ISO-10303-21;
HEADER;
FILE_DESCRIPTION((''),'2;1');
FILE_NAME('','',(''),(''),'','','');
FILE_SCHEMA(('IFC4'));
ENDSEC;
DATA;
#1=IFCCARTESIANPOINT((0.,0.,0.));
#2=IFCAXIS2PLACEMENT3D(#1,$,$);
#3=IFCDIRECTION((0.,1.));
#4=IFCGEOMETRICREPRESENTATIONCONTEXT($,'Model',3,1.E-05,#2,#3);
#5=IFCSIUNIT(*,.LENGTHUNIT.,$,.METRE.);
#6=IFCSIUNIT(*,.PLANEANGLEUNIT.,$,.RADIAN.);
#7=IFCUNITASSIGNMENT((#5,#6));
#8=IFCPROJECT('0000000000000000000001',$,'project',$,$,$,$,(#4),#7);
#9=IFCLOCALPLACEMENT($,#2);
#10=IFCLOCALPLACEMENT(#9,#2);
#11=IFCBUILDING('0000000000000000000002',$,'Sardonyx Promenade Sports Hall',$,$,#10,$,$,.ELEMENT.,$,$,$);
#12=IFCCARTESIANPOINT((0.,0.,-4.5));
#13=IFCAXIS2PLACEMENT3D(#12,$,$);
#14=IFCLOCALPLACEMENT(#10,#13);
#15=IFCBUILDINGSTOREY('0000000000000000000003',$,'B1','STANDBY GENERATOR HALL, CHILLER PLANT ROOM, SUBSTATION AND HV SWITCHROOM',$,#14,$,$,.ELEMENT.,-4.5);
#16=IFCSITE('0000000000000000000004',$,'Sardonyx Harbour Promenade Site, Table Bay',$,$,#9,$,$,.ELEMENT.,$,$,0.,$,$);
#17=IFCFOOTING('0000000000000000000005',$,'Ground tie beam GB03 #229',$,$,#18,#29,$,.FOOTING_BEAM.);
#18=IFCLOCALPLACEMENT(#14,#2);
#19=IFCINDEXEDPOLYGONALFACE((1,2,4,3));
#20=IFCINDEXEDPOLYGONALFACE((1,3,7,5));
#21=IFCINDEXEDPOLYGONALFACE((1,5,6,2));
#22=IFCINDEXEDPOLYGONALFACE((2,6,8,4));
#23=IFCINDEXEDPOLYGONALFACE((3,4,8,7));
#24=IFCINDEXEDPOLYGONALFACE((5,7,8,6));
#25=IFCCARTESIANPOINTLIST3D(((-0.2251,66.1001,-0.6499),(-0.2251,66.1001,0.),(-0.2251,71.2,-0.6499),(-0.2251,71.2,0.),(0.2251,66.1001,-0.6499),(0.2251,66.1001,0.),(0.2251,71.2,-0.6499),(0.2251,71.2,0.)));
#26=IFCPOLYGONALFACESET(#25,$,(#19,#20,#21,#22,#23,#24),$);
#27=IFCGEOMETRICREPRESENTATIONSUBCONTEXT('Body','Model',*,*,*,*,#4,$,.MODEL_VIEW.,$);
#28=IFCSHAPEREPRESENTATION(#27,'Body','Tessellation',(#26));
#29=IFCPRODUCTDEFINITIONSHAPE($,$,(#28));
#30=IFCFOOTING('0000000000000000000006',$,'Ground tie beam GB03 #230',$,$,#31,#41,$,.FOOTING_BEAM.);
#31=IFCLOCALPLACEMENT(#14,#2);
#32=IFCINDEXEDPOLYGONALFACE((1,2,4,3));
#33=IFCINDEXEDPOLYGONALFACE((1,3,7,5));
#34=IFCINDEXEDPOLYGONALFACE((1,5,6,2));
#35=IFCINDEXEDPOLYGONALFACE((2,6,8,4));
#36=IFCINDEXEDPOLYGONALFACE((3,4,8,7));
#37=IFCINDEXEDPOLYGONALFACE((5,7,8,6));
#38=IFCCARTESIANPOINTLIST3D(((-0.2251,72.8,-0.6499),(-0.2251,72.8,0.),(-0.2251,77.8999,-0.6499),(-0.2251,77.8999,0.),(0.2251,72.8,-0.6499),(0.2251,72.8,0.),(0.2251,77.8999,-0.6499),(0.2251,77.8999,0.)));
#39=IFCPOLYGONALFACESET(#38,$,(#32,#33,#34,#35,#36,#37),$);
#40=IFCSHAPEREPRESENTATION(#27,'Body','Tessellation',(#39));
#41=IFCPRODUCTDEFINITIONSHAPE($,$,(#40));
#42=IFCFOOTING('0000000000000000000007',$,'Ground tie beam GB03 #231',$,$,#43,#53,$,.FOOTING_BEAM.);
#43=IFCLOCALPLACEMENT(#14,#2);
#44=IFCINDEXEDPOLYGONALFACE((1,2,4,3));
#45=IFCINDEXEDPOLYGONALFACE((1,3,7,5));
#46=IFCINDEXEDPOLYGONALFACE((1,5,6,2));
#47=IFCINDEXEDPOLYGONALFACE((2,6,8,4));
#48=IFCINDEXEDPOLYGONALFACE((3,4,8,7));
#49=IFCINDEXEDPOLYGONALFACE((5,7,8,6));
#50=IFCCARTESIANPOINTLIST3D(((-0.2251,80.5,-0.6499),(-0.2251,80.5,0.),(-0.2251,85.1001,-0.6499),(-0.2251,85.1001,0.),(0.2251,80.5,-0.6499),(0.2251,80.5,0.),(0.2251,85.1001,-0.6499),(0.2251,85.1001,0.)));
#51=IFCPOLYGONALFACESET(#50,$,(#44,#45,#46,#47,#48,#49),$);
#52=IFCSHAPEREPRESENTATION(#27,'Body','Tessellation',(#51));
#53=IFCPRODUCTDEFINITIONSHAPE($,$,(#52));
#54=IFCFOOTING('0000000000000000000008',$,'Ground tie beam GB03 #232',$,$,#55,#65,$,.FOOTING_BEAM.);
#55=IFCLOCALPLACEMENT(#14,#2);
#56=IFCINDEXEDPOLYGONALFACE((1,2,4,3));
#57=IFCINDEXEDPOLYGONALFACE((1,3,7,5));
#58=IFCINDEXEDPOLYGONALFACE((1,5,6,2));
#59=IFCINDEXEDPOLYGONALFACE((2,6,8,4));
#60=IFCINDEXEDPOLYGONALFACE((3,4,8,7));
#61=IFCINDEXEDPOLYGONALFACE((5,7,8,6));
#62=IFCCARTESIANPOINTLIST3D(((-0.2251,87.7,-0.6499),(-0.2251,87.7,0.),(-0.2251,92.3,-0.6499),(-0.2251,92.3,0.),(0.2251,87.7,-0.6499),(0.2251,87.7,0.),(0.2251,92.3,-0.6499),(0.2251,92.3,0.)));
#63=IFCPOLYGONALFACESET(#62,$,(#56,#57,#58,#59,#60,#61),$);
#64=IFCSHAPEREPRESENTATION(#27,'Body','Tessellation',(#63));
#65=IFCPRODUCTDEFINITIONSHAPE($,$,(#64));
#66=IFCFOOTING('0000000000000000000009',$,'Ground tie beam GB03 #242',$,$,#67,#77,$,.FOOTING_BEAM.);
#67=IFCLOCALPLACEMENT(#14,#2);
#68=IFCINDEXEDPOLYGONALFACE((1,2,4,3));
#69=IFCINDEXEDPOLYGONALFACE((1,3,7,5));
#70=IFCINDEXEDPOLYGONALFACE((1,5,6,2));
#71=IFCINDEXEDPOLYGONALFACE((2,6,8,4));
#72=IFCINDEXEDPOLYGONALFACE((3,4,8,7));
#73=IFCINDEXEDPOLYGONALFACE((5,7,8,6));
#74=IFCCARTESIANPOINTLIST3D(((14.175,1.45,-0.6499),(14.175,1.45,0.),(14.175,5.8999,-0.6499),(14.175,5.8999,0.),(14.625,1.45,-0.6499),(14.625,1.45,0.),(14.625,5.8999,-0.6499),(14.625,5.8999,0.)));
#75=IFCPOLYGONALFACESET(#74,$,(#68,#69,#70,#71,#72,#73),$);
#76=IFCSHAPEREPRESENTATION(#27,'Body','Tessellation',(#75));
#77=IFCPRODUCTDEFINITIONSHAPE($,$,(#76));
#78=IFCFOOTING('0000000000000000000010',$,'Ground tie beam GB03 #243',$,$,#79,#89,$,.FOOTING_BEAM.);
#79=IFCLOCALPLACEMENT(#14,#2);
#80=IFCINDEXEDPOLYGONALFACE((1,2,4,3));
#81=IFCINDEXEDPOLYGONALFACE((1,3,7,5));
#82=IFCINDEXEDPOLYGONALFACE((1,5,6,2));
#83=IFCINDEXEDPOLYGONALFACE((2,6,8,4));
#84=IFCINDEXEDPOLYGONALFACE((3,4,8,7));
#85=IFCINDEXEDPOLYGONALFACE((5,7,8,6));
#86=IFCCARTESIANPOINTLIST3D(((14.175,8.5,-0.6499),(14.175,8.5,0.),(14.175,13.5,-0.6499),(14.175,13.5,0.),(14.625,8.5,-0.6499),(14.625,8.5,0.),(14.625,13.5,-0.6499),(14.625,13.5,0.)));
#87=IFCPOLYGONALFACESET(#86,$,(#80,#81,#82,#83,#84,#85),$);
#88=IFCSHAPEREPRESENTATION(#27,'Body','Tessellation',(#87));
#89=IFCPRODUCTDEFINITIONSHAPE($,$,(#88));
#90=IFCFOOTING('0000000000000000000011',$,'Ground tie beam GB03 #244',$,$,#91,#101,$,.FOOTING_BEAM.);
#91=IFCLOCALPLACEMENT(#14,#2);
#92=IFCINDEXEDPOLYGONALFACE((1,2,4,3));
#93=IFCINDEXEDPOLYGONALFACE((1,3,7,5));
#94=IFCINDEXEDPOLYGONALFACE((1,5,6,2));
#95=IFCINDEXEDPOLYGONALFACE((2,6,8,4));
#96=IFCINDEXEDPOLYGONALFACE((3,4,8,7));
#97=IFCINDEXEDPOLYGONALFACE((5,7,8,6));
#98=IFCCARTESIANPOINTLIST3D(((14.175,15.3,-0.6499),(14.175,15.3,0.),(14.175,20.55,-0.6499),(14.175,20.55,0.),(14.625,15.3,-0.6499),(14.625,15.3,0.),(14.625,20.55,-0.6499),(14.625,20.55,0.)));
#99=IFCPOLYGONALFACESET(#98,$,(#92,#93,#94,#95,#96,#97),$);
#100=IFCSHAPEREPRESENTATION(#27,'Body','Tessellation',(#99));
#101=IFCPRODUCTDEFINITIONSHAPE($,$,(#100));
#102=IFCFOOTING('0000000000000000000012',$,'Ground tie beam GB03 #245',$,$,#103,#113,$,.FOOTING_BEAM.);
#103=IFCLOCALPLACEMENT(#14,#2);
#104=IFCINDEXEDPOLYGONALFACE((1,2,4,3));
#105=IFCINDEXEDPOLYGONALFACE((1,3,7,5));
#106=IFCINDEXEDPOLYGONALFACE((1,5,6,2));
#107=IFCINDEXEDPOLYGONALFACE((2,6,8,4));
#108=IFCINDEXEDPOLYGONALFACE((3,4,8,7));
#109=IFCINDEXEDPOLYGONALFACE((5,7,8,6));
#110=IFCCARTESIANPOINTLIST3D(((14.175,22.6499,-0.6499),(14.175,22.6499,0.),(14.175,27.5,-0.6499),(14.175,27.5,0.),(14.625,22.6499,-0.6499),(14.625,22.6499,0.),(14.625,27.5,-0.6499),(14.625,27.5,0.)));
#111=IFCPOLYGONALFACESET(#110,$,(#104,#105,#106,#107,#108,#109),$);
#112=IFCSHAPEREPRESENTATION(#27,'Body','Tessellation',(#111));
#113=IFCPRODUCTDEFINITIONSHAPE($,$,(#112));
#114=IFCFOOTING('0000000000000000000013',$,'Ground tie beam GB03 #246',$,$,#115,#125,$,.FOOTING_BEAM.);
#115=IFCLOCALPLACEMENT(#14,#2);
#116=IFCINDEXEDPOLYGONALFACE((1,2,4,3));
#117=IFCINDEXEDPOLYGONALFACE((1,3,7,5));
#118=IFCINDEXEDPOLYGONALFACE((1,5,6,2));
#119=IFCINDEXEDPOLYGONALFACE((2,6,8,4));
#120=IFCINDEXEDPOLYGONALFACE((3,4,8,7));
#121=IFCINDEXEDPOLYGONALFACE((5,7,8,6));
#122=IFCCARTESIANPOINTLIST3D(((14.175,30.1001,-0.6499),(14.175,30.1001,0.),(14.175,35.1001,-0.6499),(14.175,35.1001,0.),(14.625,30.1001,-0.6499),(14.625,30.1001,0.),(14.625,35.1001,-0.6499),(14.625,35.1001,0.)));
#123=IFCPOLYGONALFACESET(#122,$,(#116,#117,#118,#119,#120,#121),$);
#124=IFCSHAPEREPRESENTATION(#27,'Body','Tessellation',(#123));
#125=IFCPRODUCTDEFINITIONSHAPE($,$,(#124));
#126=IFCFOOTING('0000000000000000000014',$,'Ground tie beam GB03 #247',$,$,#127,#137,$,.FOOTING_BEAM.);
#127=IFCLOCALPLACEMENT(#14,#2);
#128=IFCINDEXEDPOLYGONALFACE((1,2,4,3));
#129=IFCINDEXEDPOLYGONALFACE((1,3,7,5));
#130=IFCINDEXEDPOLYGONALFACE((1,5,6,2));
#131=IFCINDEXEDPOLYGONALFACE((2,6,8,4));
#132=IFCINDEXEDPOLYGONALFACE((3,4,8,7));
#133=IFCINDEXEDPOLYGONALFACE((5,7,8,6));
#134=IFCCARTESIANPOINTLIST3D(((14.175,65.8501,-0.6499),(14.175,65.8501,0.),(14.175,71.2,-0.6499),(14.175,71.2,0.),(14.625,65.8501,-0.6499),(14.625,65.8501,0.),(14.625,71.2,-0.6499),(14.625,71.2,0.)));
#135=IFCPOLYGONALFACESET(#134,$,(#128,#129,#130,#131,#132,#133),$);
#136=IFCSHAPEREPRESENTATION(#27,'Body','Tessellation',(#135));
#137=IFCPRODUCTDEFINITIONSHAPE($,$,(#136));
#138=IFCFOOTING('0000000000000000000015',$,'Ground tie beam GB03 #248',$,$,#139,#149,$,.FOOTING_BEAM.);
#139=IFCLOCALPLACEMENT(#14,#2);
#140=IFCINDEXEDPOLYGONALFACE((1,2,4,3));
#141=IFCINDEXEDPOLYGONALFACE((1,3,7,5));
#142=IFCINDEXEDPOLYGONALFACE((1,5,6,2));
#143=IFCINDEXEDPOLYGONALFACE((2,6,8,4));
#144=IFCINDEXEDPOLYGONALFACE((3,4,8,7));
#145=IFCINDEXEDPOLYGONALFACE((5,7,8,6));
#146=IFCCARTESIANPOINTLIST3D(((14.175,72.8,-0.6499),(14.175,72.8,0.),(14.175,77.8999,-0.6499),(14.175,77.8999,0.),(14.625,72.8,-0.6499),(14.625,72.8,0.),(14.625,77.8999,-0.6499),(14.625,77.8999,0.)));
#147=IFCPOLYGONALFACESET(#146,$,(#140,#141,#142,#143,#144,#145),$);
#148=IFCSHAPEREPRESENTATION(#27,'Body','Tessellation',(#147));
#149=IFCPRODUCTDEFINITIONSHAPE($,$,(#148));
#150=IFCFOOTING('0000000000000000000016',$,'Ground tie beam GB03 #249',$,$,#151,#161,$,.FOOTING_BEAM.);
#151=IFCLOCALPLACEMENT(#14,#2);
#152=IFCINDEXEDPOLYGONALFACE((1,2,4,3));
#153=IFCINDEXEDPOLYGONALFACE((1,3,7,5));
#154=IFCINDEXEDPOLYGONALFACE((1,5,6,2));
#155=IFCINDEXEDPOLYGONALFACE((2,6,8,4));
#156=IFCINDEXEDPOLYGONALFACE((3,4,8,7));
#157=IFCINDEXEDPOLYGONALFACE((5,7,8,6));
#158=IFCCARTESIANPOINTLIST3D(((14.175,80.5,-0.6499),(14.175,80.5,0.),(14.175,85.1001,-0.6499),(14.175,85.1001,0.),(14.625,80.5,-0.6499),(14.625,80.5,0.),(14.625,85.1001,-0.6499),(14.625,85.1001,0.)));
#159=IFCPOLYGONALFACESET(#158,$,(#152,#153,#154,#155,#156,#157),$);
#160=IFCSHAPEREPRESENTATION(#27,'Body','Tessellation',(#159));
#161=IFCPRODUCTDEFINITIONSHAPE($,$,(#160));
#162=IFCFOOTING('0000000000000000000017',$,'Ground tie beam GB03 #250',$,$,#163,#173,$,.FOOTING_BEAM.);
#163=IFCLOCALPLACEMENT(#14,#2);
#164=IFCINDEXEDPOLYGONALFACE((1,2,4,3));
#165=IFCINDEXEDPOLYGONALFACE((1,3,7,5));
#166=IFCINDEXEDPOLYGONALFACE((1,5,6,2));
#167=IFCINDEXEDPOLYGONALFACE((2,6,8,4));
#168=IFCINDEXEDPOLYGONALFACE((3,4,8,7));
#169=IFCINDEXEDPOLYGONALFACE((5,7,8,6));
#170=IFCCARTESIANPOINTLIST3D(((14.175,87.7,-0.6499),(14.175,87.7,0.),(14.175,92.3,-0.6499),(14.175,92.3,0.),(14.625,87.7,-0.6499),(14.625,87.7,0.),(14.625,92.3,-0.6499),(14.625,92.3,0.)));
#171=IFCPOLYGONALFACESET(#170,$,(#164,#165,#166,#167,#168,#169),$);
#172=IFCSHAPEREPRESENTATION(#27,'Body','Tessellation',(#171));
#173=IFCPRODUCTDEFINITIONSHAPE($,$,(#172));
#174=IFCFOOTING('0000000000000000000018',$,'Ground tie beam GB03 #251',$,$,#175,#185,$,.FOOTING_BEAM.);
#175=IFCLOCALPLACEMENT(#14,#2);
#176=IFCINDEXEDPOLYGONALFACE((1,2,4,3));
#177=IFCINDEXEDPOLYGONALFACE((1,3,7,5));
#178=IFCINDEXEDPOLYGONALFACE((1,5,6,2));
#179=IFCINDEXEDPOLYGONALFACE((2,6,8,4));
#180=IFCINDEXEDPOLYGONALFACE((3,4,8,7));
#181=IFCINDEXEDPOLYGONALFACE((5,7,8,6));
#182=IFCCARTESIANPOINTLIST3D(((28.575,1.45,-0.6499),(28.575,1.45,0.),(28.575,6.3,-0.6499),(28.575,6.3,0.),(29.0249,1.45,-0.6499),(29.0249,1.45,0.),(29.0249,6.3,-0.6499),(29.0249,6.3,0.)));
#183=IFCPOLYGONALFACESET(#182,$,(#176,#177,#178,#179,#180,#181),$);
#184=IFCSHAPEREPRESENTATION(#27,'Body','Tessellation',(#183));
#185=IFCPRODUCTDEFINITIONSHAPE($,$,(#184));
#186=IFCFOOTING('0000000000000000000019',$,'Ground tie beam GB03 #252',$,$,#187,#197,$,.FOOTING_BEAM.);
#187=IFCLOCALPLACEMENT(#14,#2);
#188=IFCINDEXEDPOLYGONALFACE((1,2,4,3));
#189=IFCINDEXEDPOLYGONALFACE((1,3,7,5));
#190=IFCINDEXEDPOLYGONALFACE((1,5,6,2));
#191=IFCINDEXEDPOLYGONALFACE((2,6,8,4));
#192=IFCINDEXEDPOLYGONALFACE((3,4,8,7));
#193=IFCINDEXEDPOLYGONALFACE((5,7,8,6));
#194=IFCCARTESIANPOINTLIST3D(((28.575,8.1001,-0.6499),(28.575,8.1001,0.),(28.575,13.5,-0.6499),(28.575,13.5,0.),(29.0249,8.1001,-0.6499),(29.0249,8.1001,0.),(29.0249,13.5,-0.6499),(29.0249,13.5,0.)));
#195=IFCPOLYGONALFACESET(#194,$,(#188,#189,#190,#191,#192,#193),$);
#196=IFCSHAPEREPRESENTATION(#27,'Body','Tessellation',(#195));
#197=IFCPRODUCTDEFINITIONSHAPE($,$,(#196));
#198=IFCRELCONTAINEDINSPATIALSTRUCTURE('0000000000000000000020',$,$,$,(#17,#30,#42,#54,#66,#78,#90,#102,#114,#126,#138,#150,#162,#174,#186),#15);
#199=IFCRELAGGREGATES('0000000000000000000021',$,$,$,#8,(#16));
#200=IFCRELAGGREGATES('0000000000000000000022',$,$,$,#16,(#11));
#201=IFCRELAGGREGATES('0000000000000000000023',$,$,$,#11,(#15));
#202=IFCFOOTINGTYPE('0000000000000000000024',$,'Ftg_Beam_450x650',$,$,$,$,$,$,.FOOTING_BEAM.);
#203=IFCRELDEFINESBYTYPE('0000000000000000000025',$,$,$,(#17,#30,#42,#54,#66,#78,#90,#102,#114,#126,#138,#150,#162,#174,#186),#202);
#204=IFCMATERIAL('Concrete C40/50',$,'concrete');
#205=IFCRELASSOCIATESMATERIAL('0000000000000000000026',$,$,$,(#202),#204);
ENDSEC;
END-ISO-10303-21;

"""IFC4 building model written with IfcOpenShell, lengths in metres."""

from ifc_helpers import new_model, si_unit, direction, frame, origin, place, context, subcontext, project, spatial, polyline, outline, extrude, material, type_object, element, save


model = new_model("IFC4")

# Units and contexts
model_context = context("Model", 3, precision=1e-05, world=origin(), true_north=direction((0.0, 1.0)))
body_context = subcontext(model_context, "Body", "Model", "MODEL_VIEW")
ifc_project = project(units=[si_unit("LENGTHUNIT", "METRE"), si_unit("PLANEANGLEUNIT", "RADIAN")], contexts=[model_context])

# Site, building, storey
site_placement = place(None, origin())
site = spatial("IfcSite", under=ifc_project, at=site_placement, Name="Sardonyx Harbour Promenade Site, Table Bay", CompositionType="ELEMENT", RefElevation=0.0)
building_placement = place(site_placement, origin())
building = spatial("IfcBuilding", under=site, at=building_placement, Name="Sardonyx Promenade Sports Hall", CompositionType="ELEMENT")
storey_placement = place(building_placement, frame((0.0, 0.0, -4.5)))
storey = spatial("IfcBuildingStorey", under=building, at=storey_placement, Name="B1", Description="STANDBY GENERATOR HALL, CHILLER PLANT ROOM, SUBSTATION AND HV SWITCHROOM", CompositionType="ELEMENT", Elevation=-4.5)

# Footings
ifc_material = material(Name="Concrete C40/50", Category="concrete")
footing_type = type_object("IfcFootingType", Name="Ftg_Beam_450x650", PredefinedType="FOOTING_BEAM", material=ifc_material)
footing_1_placement = place(storey_placement, frame((0.0, 0.0, -0.6499)))
element("IfcFooting", 1, at=footing_1_placement, inside=storey, type_object=footing_type, Name="Ground tie beam GB03 #229", PredefinedType="FOOTING_BEAM", context=body_context, shape_type="SweptSolid", body=[
    extrude(outline(polyline([(-0.2251, 66.1001), (0.2251, 66.1001), (0.2251, 71.2), (-0.2251, 71.2), (-0.2251, 66.1001)])), origin(), (0.0, 0.0, 1.0), 0.6499),
])
footing_2_placement = place(storey_placement, frame((0.0, 0.0, -0.6499)))
element("IfcFooting", 2, at=footing_2_placement, inside=storey, type_object=footing_type, Name="Ground tie beam GB03 #230", PredefinedType="FOOTING_BEAM", context=body_context, shape_type="SweptSolid", body=[
    extrude(outline(polyline([(-0.2251, 72.8), (0.2251, 72.8), (0.2251, 77.8999), (-0.2251, 77.8999), (-0.2251, 72.8)])), origin(), (0.0, 0.0, 1.0), 0.6499),
])
footing_3_placement = place(storey_placement, frame((0.0, 0.0, -0.6499)))
element("IfcFooting", 3, at=footing_3_placement, inside=storey, type_object=footing_type, Name="Ground tie beam GB03 #231", PredefinedType="FOOTING_BEAM", context=body_context, shape_type="SweptSolid", body=[
    extrude(outline(polyline([(-0.2251, 80.5), (0.2251, 80.5), (0.2251, 85.1001), (-0.2251, 85.1001), (-0.2251, 80.5)])), origin(), (0.0, 0.0, 1.0), 0.6499),
])
footing_4_placement = place(storey_placement, frame((0.0, 0.0, -0.6499)))
element("IfcFooting", 4, at=footing_4_placement, inside=storey, type_object=footing_type, Name="Ground tie beam GB03 #232", PredefinedType="FOOTING_BEAM", context=body_context, shape_type="SweptSolid", body=[
    extrude(outline(polyline([(-0.2251, 87.7), (0.2251, 87.7), (0.2251, 92.3), (-0.2251, 92.3), (-0.2251, 87.7)])), origin(), (0.0, 0.0, 1.0), 0.6499),
])
footing_5_placement = place(storey_placement, frame((0.0, 0.0, -0.6499)))
element("IfcFooting", 5, at=footing_5_placement, inside=storey, type_object=footing_type, Name="Ground tie beam GB03 #242", PredefinedType="FOOTING_BEAM", context=body_context, shape_type="SweptSolid", body=[
    extrude(outline(polyline([(14.175, 1.45), (14.625, 1.45), (14.625, 5.8999), (14.175, 5.8999), (14.175, 1.45)])), origin(), (0.0, 0.0, 1.0), 0.6499),
])
footing_6_placement = place(storey_placement, frame((0.0, 0.0, -0.6499)))
element("IfcFooting", 6, at=footing_6_placement, inside=storey, type_object=footing_type, Name="Ground tie beam GB03 #243", PredefinedType="FOOTING_BEAM", context=body_context, shape_type="SweptSolid", body=[
    extrude(outline(polyline([(14.175, 8.5), (14.625, 8.5), (14.625, 13.5), (14.175, 13.5), (14.175, 8.5)])), origin(), (0.0, 0.0, 1.0), 0.6499),
])
footing_7_placement = place(storey_placement, frame((0.0, 0.0, -0.6499)))
element("IfcFooting", 7, at=footing_7_placement, inside=storey, type_object=footing_type, Name="Ground tie beam GB03 #244", PredefinedType="FOOTING_BEAM", context=body_context, shape_type="SweptSolid", body=[
    extrude(outline(polyline([(14.175, 15.3), (14.625, 15.3), (14.625, 20.55), (14.175, 20.55), (14.175, 15.3)])), origin(), (0.0, 0.0, 1.0), 0.6499),
])
footing_8_placement = place(storey_placement, frame((0.0, 0.0, -0.6499)))
element("IfcFooting", 8, at=footing_8_placement, inside=storey, type_object=footing_type, Name="Ground tie beam GB03 #245", PredefinedType="FOOTING_BEAM", context=body_context, shape_type="SweptSolid", body=[
    extrude(outline(polyline([(14.175, 22.6499), (14.625, 22.6499), (14.625, 27.5), (14.175, 27.5), (14.175, 22.6499)])), origin(), (0.0, 0.0, 1.0), 0.6499),
])
footing_9_placement = place(storey_placement, frame((0.0, 0.0, -0.6499)))
element("IfcFooting", 9, at=footing_9_placement, inside=storey, type_object=footing_type, Name="Ground tie beam GB03 #246", PredefinedType="FOOTING_BEAM", context=body_context, shape_type="SweptSolid", body=[
    extrude(outline(polyline([(14.175, 30.1001), (14.625, 30.1001), (14.625, 35.1001), (14.175, 35.1001), (14.175, 30.1001)])), origin(), (0.0, 0.0, 1.0), 0.6499),
])
footing_10_placement = place(storey_placement, frame((0.0, 0.0, -0.6499)))
element("IfcFooting", 10, at=footing_10_placement, inside=storey, type_object=footing_type, Name="Ground tie beam GB03 #247", PredefinedType="FOOTING_BEAM", context=body_context, shape_type="SweptSolid", body=[
    extrude(outline(polyline([(14.175, 65.8501), (14.625, 65.8501), (14.625, 71.2), (14.175, 71.2), (14.175, 65.8501)])), origin(), (0.0, 0.0, 1.0), 0.6499),
])
footing_11_placement = place(storey_placement, frame((0.0, 0.0, -0.6499)))
element("IfcFooting", 11, at=footing_11_placement, inside=storey, type_object=footing_type, Name="Ground tie beam GB03 #248", PredefinedType="FOOTING_BEAM", context=body_context, shape_type="SweptSolid", body=[
    extrude(outline(polyline([(14.175, 72.8), (14.625, 72.8), (14.625, 77.8999), (14.175, 77.8999), (14.175, 72.8)])), origin(), (0.0, 0.0, 1.0), 0.6499),
])
footing_12_placement = place(storey_placement, frame((0.0, 0.0, -0.6499)))
element("IfcFooting", 12, at=footing_12_placement, inside=storey, type_object=footing_type, Name="Ground tie beam GB03 #249", PredefinedType="FOOTING_BEAM", context=body_context, shape_type="SweptSolid", body=[
    extrude(outline(polyline([(14.175, 80.5), (14.625, 80.5), (14.625, 85.1001), (14.175, 85.1001), (14.175, 80.5)])), origin(), (0.0, 0.0, 1.0), 0.6499),
])
footing_13_placement = place(storey_placement, frame((0.0, 0.0, -0.6499)))
element("IfcFooting", 13, at=footing_13_placement, inside=storey, type_object=footing_type, Name="Ground tie beam GB03 #250", PredefinedType="FOOTING_BEAM", context=body_context, shape_type="SweptSolid", body=[
    extrude(outline(polyline([(14.175, 87.7), (14.625, 87.7), (14.625, 92.3), (14.175, 92.3), (14.175, 87.7)])), origin(), (0.0, 0.0, 1.0), 0.6499),
])
footing_14_placement = place(storey_placement, frame((0.0, 0.0, -0.6499)))
element("IfcFooting", 14, at=footing_14_placement, inside=storey, type_object=footing_type, Name="Ground tie beam GB03 #251", PredefinedType="FOOTING_BEAM", context=body_context, shape_type="SweptSolid", body=[
    extrude(outline(polyline([(28.575, 1.45), (29.0249, 1.45), (29.0249, 6.3), (28.575, 6.3), (28.575, 1.45)])), origin(), (0.0, 0.0, 1.0), 0.6499),
])
footing_15_placement = place(storey_placement, frame((0.0, 0.0, -0.6499)))
element("IfcFooting", 15, at=footing_15_placement, inside=storey, type_object=footing_type, Name="Ground tie beam GB03 #252", PredefinedType="FOOTING_BEAM", context=body_context, shape_type="SweptSolid", body=[
    extrude(outline(polyline([(28.575, 8.1001), (29.0249, 8.1001), (29.0249, 13.5), (28.575, 13.5), (28.575, 8.1001)])), origin(), (0.0, 0.0, 1.0), 0.6499),
])

save(model, "model.ifc")
